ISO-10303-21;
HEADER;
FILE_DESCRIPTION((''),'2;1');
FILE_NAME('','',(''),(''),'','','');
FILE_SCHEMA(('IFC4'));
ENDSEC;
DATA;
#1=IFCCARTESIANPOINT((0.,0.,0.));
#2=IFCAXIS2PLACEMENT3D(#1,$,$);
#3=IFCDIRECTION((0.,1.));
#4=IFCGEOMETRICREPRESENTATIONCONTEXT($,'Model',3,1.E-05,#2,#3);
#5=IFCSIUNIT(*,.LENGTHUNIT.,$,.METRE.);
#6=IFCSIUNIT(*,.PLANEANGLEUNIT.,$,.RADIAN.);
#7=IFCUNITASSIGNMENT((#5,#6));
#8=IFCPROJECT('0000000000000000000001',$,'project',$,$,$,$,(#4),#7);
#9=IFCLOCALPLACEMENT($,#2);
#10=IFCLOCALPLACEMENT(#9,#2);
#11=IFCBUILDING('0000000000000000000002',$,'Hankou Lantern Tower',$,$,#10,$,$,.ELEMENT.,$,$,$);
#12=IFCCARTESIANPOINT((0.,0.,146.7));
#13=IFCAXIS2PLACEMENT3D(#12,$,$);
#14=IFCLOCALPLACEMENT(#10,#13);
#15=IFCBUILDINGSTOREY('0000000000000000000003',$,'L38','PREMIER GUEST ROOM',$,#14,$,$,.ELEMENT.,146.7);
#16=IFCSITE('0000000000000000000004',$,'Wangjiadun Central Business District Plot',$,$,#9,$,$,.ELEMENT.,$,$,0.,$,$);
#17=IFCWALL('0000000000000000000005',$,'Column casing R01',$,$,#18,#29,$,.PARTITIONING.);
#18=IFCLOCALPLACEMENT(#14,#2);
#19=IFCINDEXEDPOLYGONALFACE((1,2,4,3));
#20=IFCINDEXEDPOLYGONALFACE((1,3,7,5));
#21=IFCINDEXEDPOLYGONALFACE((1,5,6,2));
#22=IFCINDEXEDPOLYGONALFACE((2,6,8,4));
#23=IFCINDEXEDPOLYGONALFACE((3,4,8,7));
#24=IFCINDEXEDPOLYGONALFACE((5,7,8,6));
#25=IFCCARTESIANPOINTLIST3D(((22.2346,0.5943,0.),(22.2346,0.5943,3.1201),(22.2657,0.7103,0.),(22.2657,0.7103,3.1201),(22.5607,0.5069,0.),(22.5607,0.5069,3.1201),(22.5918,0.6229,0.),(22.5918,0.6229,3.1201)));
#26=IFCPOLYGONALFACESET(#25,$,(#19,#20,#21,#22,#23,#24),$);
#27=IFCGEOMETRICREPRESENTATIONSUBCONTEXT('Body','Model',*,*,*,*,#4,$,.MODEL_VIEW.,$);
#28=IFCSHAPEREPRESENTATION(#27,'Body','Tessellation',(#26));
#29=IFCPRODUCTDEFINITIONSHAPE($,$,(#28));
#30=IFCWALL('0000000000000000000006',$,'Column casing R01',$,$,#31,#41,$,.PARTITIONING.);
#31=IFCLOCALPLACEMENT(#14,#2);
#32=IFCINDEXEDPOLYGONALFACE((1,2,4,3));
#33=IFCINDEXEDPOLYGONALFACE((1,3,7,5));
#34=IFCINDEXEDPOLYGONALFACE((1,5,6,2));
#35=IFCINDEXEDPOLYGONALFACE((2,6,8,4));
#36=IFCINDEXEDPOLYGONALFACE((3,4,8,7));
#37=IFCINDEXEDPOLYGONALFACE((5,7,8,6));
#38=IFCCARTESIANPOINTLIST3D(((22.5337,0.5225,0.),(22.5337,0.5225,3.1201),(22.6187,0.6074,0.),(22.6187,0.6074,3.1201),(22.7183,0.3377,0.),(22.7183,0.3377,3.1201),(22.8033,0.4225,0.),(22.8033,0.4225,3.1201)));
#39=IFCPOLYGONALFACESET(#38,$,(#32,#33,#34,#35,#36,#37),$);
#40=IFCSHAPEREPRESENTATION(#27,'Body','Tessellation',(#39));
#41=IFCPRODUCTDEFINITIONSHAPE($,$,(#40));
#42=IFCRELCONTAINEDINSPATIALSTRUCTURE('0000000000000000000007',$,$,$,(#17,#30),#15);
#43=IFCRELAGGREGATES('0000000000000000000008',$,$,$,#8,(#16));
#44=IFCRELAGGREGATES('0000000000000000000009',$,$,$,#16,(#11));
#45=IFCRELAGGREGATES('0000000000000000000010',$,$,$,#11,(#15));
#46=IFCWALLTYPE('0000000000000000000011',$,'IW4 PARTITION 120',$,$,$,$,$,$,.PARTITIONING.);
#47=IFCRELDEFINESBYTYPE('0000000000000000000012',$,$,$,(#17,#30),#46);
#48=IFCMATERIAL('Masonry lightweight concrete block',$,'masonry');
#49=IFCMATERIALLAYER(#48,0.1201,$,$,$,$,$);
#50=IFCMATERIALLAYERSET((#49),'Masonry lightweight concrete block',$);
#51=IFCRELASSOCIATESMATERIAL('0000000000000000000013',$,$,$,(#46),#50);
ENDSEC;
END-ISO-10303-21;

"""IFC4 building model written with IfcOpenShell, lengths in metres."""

from ifc_helpers import new_model, si_unit, direction, frame, frame_2d, origin, place, context, subcontext, project, spatial, rectangle, extrude, material, layer, layer_set, type_object, element, save


model = new_model("IFC4")

# Units and contexts
model_context = context("Model", 3, precision=1e-05, world=origin(), true_north=direction((0.0, 1.0)))
body_context = subcontext(model_context, "Body", "Model", "MODEL_VIEW")
ifc_project = project(units=[si_unit("LENGTHUNIT", "METRE"), si_unit("PLANEANGLEUNIT", "RADIAN")], contexts=[model_context])

# Site, building, storey
site_placement = place(None, origin())
site = spatial("IfcSite", under=ifc_project, at=site_placement, Name="Wangjiadun Central Business District Plot", CompositionType="ELEMENT", RefElevation=0.0)
building_placement = place(site_placement, origin())
building = spatial("IfcBuilding", under=site, at=building_placement, Name="Hankou Lantern Tower", CompositionType="ELEMENT")
storey_placement = place(building_placement, frame((0.0, 0.0, 146.7)))
storey = spatial("IfcBuildingStorey", under=building, at=storey_placement, Name="L38", Description="PREMIER GUEST ROOM", CompositionType="ELEMENT", Elevation=146.7)

# Walls
ifc_material_1 = material(Name="Masonry lightweight concrete block", Category="masonry")
ifc_layer_1 = layer(ifc_material_1, 0.1201)
ifc_layer_set_1 = layer_set([ifc_layer_1], Name="Masonry lightweight concrete block")
wall_type_1 = type_object("IfcWallType", Name="IW4 PARTITION 120", PredefinedType="PARTITIONING", material=ifc_layer_set_1)
wall_1_placement = place(storey_placement, frame((22.25, 0.6523, 0.0), z_axis=(0.0, 0.0, 1.0), x_axis=(0.965922, -0.258832, 0.0)))
element("IfcWall", 1, at=wall_1_placement, inside=storey, type_object=wall_type_1, Name="Column casing R01", PredefinedType="PARTITIONING", context=body_context, shape_type="SweptSolid", body=[
    extrude(rectangle(XDim=0.3376, YDim=0.1201, at=frame_2d((0.1689, 0.0))), origin(), (0.0, 0.0, 1.0), 3.1201),
])
wall_2_placement = place(storey_placement, frame((22.5762, 0.5649, 0.0), z_axis=(0.0, 0.0, 1.0), x_axis=(0.706639, -0.707574, 0.0)))
element("IfcWall", 2, at=wall_2_placement, inside=storey, type_object=wall_type_1, Name="Column casing R01", PredefinedType="PARTITIONING", context=body_context, shape_type="SweptSolid", body=[
    extrude(rectangle(XDim=0.2612, YDim=0.1201, at=frame_2d((0.1306, 0.0))), origin(), (0.0, 0.0, 1.0), 3.1201),
])

save(model, "model.ifc")
